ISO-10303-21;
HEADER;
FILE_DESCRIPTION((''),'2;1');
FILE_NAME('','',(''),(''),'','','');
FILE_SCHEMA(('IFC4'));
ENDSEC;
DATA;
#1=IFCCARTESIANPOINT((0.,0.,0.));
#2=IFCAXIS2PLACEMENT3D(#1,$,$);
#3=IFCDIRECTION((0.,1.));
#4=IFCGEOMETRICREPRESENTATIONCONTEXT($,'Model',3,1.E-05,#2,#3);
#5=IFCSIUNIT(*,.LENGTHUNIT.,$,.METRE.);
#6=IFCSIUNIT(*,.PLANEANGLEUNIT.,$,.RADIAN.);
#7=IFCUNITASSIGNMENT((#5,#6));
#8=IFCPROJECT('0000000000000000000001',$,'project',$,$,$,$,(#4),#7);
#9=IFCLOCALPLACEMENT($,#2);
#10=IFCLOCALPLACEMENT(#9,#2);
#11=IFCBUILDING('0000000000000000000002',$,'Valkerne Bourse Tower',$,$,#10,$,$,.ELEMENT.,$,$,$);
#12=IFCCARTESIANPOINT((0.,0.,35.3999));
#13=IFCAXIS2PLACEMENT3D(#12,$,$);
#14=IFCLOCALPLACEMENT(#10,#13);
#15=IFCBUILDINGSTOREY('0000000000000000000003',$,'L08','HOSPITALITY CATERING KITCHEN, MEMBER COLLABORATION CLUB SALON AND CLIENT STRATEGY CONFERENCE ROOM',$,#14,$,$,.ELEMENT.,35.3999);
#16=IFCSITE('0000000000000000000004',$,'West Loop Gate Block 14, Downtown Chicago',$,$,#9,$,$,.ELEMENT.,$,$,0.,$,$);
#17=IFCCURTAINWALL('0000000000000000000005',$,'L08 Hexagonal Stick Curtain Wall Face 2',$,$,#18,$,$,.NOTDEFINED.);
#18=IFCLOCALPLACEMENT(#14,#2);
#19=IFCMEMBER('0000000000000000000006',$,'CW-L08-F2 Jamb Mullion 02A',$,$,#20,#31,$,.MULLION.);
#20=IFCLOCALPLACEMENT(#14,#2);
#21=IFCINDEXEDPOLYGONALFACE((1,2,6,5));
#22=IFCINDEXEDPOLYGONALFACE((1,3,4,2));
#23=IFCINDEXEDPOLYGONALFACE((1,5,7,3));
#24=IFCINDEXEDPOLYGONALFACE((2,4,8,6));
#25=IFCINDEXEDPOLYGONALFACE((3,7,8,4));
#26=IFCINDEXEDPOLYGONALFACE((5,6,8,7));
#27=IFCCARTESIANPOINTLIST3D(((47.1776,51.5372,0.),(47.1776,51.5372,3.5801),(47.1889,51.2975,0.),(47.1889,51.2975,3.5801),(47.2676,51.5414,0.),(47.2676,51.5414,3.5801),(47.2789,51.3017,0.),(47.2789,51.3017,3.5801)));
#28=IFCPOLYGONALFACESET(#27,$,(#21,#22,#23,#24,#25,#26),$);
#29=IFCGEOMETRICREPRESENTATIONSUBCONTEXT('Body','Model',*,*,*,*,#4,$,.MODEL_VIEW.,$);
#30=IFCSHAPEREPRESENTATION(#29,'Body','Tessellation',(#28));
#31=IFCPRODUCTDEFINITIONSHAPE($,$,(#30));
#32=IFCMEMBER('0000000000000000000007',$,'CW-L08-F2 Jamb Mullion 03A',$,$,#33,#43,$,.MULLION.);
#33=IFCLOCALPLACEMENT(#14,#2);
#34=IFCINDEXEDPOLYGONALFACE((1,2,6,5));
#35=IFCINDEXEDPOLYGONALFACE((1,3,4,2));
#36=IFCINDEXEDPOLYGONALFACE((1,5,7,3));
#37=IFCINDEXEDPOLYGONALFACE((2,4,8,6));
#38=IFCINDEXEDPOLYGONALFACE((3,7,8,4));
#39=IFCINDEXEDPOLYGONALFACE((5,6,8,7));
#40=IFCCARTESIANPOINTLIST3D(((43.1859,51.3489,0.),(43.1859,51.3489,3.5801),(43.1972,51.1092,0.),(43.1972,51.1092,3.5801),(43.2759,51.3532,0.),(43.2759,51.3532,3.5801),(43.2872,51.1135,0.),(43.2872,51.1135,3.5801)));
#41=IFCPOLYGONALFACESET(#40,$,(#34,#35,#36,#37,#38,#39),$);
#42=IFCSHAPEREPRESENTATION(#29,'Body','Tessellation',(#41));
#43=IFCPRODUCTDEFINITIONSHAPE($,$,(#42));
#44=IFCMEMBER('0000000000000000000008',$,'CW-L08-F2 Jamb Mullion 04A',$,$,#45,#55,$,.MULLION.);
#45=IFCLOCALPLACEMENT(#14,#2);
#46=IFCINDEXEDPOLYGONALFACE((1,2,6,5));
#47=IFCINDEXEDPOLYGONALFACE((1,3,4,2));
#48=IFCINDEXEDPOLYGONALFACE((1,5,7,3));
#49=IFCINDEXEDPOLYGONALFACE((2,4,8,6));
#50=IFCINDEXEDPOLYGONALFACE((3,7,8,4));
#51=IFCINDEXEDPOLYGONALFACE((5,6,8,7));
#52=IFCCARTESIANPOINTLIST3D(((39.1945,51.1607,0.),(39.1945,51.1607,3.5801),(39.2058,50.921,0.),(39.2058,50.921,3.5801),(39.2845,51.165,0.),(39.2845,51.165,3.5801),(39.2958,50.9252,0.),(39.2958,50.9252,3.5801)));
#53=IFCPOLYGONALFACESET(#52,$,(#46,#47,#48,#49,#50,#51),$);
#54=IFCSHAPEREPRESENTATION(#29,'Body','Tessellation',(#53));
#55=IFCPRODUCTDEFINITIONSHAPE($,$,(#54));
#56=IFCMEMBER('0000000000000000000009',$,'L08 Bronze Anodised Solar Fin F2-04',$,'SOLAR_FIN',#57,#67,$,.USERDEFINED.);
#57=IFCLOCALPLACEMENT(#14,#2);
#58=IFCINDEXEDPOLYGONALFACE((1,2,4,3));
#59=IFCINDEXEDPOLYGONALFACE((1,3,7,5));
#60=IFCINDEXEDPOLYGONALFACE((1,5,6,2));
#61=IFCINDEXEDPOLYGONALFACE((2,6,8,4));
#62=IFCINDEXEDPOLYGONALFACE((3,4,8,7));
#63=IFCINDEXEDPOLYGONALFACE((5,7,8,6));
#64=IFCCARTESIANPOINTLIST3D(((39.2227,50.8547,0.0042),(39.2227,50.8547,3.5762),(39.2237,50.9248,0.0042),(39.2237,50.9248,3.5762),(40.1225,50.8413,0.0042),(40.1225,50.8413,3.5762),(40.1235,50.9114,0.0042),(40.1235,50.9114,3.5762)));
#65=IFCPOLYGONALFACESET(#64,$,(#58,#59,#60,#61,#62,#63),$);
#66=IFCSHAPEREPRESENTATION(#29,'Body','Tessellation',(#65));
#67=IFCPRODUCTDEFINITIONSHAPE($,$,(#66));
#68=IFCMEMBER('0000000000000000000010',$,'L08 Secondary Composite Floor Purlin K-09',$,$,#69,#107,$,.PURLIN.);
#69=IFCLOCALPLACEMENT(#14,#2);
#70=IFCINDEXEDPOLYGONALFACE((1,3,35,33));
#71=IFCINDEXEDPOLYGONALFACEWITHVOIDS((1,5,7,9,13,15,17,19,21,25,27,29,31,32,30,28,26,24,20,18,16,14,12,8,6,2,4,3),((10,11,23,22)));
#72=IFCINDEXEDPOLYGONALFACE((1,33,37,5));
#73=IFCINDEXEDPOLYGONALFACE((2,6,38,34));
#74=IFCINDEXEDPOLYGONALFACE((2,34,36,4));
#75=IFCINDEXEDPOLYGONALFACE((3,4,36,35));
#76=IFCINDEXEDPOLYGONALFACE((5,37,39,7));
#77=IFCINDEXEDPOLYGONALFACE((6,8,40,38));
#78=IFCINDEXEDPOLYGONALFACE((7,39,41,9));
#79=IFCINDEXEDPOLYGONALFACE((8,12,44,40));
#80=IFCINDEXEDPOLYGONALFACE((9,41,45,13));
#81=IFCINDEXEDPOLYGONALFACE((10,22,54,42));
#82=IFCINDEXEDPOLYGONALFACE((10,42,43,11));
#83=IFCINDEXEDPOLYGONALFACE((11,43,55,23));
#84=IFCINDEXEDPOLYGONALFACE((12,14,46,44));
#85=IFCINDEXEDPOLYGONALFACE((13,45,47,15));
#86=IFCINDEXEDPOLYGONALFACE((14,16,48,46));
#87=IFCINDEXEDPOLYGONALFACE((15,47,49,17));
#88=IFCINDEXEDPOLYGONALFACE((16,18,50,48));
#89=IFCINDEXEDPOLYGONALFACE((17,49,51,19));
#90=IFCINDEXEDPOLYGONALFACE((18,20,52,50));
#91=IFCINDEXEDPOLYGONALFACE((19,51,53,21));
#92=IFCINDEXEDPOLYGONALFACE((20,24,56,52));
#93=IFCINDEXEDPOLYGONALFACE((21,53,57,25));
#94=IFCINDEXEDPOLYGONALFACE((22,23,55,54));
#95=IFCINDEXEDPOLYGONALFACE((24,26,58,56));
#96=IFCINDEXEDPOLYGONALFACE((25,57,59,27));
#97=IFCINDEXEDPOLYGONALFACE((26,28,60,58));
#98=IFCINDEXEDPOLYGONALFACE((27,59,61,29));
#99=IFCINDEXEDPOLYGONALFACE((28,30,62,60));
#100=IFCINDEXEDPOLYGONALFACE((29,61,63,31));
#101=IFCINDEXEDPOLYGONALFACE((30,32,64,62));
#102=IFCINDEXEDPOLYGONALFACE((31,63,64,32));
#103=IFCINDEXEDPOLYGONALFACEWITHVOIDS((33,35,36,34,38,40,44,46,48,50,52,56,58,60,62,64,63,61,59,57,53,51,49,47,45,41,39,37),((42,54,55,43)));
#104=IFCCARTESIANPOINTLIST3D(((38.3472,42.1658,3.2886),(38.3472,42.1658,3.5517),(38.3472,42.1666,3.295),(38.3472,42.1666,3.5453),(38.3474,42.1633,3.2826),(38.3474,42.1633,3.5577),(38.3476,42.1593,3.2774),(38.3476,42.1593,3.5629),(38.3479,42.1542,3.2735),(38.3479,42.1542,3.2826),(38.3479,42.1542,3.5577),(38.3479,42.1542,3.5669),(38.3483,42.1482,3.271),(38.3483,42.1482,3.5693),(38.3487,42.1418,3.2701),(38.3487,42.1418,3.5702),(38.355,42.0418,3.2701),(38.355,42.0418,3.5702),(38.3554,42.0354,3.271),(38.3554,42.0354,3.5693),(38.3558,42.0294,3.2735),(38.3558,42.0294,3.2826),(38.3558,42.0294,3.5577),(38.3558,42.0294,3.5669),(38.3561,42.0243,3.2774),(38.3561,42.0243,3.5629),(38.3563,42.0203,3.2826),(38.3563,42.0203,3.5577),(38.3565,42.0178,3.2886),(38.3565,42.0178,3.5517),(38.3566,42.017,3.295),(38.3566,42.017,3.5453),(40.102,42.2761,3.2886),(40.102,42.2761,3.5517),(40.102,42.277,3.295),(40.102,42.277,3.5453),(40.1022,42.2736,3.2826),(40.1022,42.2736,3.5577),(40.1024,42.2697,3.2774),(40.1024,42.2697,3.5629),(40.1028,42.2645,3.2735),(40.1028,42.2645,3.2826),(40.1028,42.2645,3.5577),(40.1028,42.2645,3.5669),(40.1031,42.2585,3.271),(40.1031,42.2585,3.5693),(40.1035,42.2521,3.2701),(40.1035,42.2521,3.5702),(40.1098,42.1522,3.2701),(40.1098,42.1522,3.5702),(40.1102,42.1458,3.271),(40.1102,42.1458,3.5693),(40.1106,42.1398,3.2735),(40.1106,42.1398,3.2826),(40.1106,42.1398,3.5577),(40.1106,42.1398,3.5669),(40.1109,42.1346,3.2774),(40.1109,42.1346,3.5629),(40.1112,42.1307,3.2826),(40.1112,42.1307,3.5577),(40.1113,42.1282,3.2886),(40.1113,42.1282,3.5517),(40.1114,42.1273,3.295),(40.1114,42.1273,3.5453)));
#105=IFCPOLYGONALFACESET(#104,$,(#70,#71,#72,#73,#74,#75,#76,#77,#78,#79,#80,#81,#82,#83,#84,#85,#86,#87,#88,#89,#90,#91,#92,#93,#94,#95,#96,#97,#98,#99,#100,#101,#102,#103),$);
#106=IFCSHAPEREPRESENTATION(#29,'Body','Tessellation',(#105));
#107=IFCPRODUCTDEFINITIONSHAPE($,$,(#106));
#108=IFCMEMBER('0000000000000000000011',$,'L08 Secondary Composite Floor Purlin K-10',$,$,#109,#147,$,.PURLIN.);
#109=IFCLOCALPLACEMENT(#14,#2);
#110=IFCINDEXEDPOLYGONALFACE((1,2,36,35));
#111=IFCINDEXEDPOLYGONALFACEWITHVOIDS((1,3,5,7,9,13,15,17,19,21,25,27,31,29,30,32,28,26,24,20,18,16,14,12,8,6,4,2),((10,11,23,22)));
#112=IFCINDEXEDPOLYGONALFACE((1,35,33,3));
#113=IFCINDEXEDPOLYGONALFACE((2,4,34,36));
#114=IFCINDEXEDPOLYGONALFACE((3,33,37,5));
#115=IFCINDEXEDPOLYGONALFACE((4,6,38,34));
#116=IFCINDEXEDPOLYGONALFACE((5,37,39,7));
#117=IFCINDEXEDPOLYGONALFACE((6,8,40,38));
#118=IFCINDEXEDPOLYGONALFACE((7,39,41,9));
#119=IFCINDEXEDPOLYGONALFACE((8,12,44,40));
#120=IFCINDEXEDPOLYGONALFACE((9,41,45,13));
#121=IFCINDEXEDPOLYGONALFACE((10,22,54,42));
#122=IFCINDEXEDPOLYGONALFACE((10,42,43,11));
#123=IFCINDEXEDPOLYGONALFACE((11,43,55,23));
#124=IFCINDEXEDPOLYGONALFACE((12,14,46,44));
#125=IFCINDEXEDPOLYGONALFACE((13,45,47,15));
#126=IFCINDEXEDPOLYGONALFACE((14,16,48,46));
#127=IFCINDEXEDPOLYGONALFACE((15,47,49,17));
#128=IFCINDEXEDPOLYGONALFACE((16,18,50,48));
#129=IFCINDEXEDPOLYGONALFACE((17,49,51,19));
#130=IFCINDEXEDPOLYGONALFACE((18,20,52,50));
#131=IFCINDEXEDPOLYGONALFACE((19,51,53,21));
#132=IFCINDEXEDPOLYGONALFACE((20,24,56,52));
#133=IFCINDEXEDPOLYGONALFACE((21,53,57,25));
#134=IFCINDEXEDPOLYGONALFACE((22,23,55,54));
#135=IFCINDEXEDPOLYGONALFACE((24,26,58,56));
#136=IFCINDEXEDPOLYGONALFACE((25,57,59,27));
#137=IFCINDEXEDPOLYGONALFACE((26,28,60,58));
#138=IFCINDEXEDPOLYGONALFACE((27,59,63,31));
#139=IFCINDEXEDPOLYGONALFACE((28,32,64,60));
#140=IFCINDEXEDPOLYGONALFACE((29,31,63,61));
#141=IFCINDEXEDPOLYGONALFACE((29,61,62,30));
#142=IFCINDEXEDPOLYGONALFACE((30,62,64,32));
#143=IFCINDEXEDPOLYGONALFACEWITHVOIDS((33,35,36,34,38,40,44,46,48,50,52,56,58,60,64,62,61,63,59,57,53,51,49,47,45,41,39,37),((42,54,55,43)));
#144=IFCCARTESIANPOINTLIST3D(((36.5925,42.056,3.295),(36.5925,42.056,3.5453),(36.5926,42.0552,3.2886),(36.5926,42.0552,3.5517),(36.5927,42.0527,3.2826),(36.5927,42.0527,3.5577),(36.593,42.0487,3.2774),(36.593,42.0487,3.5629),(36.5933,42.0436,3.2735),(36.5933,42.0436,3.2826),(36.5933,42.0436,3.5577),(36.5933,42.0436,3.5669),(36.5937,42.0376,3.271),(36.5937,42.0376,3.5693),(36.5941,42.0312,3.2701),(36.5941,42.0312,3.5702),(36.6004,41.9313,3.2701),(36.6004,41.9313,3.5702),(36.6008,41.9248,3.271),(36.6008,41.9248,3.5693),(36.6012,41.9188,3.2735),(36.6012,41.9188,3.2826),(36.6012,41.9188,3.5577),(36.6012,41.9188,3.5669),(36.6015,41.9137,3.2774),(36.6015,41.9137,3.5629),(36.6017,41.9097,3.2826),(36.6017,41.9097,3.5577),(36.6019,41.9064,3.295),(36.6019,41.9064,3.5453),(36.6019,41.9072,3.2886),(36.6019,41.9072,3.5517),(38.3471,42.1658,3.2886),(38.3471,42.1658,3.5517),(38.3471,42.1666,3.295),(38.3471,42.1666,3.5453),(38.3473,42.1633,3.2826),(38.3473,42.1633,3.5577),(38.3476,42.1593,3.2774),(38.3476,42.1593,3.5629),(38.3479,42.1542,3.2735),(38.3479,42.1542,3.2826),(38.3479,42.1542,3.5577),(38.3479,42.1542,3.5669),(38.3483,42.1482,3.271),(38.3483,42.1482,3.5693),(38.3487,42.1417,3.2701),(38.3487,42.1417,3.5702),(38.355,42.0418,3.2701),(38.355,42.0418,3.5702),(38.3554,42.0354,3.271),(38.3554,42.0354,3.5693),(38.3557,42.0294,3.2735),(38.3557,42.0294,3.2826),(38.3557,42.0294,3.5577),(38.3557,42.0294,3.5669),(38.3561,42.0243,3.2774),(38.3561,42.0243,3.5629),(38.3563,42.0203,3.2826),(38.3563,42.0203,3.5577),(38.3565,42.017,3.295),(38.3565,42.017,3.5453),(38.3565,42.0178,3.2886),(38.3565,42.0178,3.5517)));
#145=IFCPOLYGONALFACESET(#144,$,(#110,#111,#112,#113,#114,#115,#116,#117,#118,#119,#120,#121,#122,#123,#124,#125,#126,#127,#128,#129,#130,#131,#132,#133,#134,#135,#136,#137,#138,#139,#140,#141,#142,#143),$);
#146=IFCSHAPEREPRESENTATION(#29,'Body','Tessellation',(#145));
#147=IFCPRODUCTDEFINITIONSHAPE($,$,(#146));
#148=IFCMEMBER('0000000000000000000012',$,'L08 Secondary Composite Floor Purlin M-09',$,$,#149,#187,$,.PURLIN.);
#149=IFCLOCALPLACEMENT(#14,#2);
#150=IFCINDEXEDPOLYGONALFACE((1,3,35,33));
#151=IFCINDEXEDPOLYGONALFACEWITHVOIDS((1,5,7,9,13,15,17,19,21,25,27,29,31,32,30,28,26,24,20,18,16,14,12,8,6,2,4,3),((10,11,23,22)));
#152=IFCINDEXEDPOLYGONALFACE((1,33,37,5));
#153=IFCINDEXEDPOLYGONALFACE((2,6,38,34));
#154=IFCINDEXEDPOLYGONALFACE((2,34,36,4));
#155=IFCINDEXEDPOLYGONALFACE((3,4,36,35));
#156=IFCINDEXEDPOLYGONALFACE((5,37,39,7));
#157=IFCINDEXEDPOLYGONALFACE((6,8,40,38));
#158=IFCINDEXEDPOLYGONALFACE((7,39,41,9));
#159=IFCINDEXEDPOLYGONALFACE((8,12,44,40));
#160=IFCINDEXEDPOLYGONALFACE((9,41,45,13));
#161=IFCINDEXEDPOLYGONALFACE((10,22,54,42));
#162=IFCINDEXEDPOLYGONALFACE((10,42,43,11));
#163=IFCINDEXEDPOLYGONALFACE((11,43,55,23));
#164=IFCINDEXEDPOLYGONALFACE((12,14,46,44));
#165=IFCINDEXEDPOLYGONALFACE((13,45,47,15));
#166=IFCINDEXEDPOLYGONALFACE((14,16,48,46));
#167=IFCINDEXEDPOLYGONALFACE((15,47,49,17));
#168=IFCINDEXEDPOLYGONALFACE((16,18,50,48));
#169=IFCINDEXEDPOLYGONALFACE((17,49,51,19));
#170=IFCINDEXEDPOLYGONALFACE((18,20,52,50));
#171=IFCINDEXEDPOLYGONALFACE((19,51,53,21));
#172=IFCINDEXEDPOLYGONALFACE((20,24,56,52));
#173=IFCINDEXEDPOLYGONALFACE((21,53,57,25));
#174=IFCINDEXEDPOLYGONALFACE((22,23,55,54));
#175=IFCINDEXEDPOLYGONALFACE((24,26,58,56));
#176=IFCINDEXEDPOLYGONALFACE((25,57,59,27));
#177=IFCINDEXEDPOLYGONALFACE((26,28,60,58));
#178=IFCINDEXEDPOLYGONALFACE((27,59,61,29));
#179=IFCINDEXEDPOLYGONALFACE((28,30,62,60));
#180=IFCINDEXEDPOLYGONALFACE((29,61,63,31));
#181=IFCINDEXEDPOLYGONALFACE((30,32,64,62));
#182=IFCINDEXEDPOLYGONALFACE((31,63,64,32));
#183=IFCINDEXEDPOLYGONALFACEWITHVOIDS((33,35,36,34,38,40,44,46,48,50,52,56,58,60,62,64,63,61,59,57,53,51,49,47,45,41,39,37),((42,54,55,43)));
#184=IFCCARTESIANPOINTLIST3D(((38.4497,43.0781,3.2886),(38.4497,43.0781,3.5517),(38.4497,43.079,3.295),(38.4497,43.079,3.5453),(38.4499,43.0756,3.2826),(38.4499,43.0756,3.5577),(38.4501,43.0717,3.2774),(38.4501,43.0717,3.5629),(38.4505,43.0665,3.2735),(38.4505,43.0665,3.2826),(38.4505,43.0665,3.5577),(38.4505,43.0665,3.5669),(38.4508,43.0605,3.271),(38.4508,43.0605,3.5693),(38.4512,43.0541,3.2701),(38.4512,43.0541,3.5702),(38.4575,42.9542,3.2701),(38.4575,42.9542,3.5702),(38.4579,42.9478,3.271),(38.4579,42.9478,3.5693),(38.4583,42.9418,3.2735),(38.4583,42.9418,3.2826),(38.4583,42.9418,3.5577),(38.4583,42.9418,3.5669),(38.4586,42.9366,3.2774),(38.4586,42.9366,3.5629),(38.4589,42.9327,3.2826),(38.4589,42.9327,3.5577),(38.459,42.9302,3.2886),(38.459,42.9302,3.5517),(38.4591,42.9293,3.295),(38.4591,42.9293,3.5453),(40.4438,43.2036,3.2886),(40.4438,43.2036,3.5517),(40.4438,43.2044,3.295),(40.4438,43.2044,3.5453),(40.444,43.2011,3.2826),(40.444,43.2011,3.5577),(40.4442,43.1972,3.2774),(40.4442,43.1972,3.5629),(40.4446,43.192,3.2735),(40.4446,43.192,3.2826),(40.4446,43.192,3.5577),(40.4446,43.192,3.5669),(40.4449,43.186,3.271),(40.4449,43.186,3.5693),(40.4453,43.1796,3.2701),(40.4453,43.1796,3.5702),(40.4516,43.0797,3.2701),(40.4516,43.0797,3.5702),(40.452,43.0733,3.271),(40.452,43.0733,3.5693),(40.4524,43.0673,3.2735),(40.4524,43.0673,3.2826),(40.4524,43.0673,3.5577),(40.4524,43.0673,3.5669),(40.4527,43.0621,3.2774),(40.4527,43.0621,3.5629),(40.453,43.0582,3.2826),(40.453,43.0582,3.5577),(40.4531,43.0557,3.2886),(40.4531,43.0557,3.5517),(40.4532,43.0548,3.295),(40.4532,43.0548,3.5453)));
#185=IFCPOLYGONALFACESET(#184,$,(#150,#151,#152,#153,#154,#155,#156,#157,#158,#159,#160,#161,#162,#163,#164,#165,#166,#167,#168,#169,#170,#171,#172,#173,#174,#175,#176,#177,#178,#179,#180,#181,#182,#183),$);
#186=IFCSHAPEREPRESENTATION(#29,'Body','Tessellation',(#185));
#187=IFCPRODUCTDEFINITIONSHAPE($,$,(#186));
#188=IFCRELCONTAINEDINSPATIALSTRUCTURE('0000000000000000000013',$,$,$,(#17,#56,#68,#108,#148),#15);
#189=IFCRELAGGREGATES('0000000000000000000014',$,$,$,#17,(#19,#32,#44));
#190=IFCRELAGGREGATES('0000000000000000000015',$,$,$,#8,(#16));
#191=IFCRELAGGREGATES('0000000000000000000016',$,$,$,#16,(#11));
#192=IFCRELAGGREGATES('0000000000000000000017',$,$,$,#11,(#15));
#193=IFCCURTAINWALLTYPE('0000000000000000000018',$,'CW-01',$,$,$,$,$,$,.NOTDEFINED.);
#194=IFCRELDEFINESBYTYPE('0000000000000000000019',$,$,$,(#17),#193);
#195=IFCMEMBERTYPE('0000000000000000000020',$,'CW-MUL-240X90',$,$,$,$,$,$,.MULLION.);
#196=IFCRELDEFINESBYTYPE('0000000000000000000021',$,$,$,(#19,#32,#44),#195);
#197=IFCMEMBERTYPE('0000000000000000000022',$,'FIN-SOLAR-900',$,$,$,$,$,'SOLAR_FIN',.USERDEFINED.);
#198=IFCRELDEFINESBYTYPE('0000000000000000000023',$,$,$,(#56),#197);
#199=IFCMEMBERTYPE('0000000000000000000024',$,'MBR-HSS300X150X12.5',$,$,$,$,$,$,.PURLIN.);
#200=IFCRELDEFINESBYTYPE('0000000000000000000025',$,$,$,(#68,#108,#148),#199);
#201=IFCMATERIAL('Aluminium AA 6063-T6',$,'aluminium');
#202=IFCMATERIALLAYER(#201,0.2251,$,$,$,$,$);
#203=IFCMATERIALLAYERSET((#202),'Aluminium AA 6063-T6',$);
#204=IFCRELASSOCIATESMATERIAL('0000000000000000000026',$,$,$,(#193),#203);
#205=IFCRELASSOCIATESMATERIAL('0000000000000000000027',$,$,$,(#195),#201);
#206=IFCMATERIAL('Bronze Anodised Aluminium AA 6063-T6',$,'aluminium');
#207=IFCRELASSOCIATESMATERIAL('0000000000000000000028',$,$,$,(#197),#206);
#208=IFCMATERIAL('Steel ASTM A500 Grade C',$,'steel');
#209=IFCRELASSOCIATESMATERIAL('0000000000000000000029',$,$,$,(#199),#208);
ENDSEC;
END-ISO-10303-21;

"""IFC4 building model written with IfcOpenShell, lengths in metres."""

from ifc_helpers import new_model, si_unit, direction, frame, origin, origin_2d, place, context, subcontext, project, spatial, rectangle, hollow_rectangle, extrude, material, layer, layer_set, material_profile, profile_set, type_object, element, aggregate, save


model = new_model("IFC4")

# Units and contexts
model_context = context("Model", 3, precision=1e-05, world=origin(), true_north=direction((0.0, 1.0)))
body_context = subcontext(model_context, "Body", "Model", "MODEL_VIEW")
ifc_project = project(units=[si_unit("LENGTHUNIT", "METRE"), si_unit("PLANEANGLEUNIT", "RADIAN")], contexts=[model_context])

# Site, building, storey
site_placement = place(None, origin())
site = spatial("IfcSite", under=ifc_project, at=site_placement, Name="West Loop Gate Block 14, Downtown Chicago", CompositionType="ELEMENT", RefElevation=0.0)
building_placement = place(site_placement, origin())
building = spatial("IfcBuilding", under=site, at=building_placement, Name="Valkerne Bourse Tower", CompositionType="ELEMENT")
storey_placement = place(building_placement, frame((0.0, 0.0, 35.3999)))
storey = spatial("IfcBuildingStorey", under=building, at=storey_placement, Name="L08", Description="HOSPITALITY CATERING KITCHEN, MEMBER COLLABORATION CLUB SALON AND CLIENT STRATEGY CONFERENCE ROOM", CompositionType="ELEMENT", Elevation=35.3999)

# Curtain wall, members
ifc_material_1 = material(Name="Aluminium AA 6063-T6", Category="aluminium")
ifc_layer_1 = layer(ifc_material_1, 0.2251)
ifc_layer_set_1 = layer_set([ifc_layer_1], Name="Aluminium AA 6063-T6")
curtain_wall_type = type_object("IfcCurtainWallType", Name="CW-01", PredefinedType="NOTDEFINED", material=ifc_layer_set_1)
curtain_wall_placement = place(storey_placement, origin())
curtain_wall = element("IfcCurtainWall", 1, at=curtain_wall_placement, inside=storey, type_object=curtain_wall_type, Name="L08 Hexagonal Stick Curtain Wall Face 2", PredefinedType="NOTDEFINED")
ifc_material_profile_1 = material_profile(ifc_material_1, rectangle(XDim=0.0901, YDim=0.24, at=origin_2d()), Name="CWM-90X240")
ifc_profile_set_1 = profile_set([ifc_material_profile_1], Name="Aluminium AA 6063-T6")
member_type_1 = type_object("IfcMemberType", Name="CW-MUL-240X90", PredefinedType="MULLION", material=ifc_profile_set_1)
member_1_placement = place(storey_placement, frame((47.2283, 51.4194, 0.0), z_axis=(0.0, 0.0, 1.0), x_axis=(-0.99889, -0.047097, 0.0)))
member_1 = element("IfcMember", 2, at=member_1_placement, type_object=member_type_1, Name="CW-L08-F2 Jamb Mullion 02A", PredefinedType="MULLION", context=body_context, shape_type="SweptSolid", body=[
    extrude(rectangle(XDim=0.0901, YDim=0.24, at=origin_2d()), origin(), (0.0, 0.0, 1.0), 3.5801),
])
member_2_placement = place(storey_placement, frame((43.2366, 51.2312, 0.0), z_axis=(0.0, 0.0, 1.0), x_axis=(-0.99889, -0.047098, 0.0)))
member_2 = element("IfcMember", 3, at=member_2_placement, type_object=member_type_1, Name="CW-L08-F2 Jamb Mullion 03A", PredefinedType="MULLION", context=body_context, shape_type="SweptSolid", body=[
    extrude(rectangle(XDim=0.0901, YDim=0.24, at=origin_2d()), origin(), (0.0, 0.0, 1.0), 3.5801),
])
member_3_placement = place(storey_placement, frame((39.2451, 51.043, 0.0), z_axis=(0.0, 0.0, 1.0), x_axis=(-0.998889, -0.047122, 0.0)))
member_3 = element("IfcMember", 4, at=member_3_placement, type_object=member_type_1, Name="CW-L08-F2 Jamb Mullion 04A", PredefinedType="MULLION", context=body_context, shape_type="SweptSolid", body=[
    extrude(rectangle(XDim=0.0901, YDim=0.24, at=origin_2d()), origin(), (0.0, 0.0, 1.0), 3.5801),
])

# Members
ifc_material_2 = material(Name="Bronze Anodised Aluminium AA 6063-T6", Category="aluminium")
ifc_material_profile_2 = material_profile(ifc_material_2, rectangle(XDim=0.0701, YDim=0.8999, at=origin_2d()), Name="FIN-70X900")
ifc_profile_set_2 = profile_set([ifc_material_profile_2], Name="Bronze Anodised Aluminium AA 6063-T6")
member_type_2 = type_object("IfcMemberType", Name="FIN-SOLAR-900", ElementType="SOLAR_FIN", PredefinedType="USERDEFINED", material=ifc_profile_set_2)
member_4_placement = place(storey_placement, frame((39.6731, 50.8831, 0.0042), z_axis=(0.0, 0.0, 1.0), x_axis=(0.014869, 0.999889, 0.0)))
element("IfcMember", 5, at=member_4_placement, inside=storey, type_object=member_type_2, Name="L08 Bronze Anodised Solar Fin F2-04", ObjectType="SOLAR_FIN", PredefinedType="USERDEFINED", context=body_context, shape_type="SweptSolid", body=[
    extrude(rectangle(XDim=0.0701, YDim=0.8999, at=origin_2d()), origin(), (0.0, 0.0, 1.0), 3.572),
])
ifc_material_3 = material(Name="Steel ASTM A500 Grade C", Category="steel")
ifc_material_profile_3 = material_profile(ifc_material_3, hollow_rectangle(XDim=0.1499, YDim=0.3, WallThickness=0.0125, OuterFilletRadius=0.0249, at=origin_2d()), Name="HSS300X150X12.5")
ifc_profile_set_3 = profile_set([ifc_material_profile_3], Name="Steel ASTM A500 Grade C")
member_type_3 = type_object("IfcMemberType", Name="MBR-HSS300X150X12.5", PredefinedType="PURLIN", material=ifc_profile_set_3)
member_5_placement = place(storey_placement, frame((40.1067, 42.2021, 3.4202), z_axis=(-0.998029, -0.062759, 0.0), x_axis=(0.062759, -0.998029, 0.0)))
element("IfcMember", 6, at=member_5_placement, inside=storey, type_object=member_type_3, Name="L08 Secondary Composite Floor Purlin K-09", PredefinedType="PURLIN", context=body_context, shape_type="SweptSolid", body=[
    extrude(hollow_rectangle(XDim=0.1499, YDim=0.3, WallThickness=0.0125, OuterFilletRadius=0.0249, at=origin_2d()), origin(), (0.0, 0.0, 1.0), 1.7583),
])
member_6_placement = place(storey_placement, frame((38.3518, 42.0918, 3.4202), z_axis=(-0.998019, -0.062906, 0.0), x_axis=(0.062906, -0.998019, 0.0)))
element("IfcMember", 7, at=member_6_placement, inside=storey, type_object=member_type_3, Name="L08 Secondary Composite Floor Purlin K-10", PredefinedType="PURLIN", context=body_context, shape_type="SweptSolid", body=[
    extrude(hollow_rectangle(XDim=0.1499, YDim=0.3, WallThickness=0.0125, OuterFilletRadius=0.0249, at=origin_2d()), origin(), (0.0, 0.0, 1.0), 1.7581),
])
member_7_placement = place(storey_placement, frame((40.4485, 43.1296, 3.4202), z_axis=(-0.998026, -0.062804, 0.0), x_axis=(0.062804, -0.998026, 0.0)))
element("IfcMember", 8, at=member_7_placement, inside=storey, type_object=member_type_3, Name="L08 Secondary Composite Floor Purlin M-09", PredefinedType="PURLIN", context=body_context, shape_type="SweptSolid", body=[
    extrude(hollow_rectangle(XDim=0.1499, YDim=0.3, WallThickness=0.0125, OuterFilletRadius=0.0249, at=origin_2d()), origin(), (0.0, 0.0, 1.0), 1.998),
])

aggregate(curtain_wall, [member_1, member_2, member_3])

save(model, "model.ifc")
